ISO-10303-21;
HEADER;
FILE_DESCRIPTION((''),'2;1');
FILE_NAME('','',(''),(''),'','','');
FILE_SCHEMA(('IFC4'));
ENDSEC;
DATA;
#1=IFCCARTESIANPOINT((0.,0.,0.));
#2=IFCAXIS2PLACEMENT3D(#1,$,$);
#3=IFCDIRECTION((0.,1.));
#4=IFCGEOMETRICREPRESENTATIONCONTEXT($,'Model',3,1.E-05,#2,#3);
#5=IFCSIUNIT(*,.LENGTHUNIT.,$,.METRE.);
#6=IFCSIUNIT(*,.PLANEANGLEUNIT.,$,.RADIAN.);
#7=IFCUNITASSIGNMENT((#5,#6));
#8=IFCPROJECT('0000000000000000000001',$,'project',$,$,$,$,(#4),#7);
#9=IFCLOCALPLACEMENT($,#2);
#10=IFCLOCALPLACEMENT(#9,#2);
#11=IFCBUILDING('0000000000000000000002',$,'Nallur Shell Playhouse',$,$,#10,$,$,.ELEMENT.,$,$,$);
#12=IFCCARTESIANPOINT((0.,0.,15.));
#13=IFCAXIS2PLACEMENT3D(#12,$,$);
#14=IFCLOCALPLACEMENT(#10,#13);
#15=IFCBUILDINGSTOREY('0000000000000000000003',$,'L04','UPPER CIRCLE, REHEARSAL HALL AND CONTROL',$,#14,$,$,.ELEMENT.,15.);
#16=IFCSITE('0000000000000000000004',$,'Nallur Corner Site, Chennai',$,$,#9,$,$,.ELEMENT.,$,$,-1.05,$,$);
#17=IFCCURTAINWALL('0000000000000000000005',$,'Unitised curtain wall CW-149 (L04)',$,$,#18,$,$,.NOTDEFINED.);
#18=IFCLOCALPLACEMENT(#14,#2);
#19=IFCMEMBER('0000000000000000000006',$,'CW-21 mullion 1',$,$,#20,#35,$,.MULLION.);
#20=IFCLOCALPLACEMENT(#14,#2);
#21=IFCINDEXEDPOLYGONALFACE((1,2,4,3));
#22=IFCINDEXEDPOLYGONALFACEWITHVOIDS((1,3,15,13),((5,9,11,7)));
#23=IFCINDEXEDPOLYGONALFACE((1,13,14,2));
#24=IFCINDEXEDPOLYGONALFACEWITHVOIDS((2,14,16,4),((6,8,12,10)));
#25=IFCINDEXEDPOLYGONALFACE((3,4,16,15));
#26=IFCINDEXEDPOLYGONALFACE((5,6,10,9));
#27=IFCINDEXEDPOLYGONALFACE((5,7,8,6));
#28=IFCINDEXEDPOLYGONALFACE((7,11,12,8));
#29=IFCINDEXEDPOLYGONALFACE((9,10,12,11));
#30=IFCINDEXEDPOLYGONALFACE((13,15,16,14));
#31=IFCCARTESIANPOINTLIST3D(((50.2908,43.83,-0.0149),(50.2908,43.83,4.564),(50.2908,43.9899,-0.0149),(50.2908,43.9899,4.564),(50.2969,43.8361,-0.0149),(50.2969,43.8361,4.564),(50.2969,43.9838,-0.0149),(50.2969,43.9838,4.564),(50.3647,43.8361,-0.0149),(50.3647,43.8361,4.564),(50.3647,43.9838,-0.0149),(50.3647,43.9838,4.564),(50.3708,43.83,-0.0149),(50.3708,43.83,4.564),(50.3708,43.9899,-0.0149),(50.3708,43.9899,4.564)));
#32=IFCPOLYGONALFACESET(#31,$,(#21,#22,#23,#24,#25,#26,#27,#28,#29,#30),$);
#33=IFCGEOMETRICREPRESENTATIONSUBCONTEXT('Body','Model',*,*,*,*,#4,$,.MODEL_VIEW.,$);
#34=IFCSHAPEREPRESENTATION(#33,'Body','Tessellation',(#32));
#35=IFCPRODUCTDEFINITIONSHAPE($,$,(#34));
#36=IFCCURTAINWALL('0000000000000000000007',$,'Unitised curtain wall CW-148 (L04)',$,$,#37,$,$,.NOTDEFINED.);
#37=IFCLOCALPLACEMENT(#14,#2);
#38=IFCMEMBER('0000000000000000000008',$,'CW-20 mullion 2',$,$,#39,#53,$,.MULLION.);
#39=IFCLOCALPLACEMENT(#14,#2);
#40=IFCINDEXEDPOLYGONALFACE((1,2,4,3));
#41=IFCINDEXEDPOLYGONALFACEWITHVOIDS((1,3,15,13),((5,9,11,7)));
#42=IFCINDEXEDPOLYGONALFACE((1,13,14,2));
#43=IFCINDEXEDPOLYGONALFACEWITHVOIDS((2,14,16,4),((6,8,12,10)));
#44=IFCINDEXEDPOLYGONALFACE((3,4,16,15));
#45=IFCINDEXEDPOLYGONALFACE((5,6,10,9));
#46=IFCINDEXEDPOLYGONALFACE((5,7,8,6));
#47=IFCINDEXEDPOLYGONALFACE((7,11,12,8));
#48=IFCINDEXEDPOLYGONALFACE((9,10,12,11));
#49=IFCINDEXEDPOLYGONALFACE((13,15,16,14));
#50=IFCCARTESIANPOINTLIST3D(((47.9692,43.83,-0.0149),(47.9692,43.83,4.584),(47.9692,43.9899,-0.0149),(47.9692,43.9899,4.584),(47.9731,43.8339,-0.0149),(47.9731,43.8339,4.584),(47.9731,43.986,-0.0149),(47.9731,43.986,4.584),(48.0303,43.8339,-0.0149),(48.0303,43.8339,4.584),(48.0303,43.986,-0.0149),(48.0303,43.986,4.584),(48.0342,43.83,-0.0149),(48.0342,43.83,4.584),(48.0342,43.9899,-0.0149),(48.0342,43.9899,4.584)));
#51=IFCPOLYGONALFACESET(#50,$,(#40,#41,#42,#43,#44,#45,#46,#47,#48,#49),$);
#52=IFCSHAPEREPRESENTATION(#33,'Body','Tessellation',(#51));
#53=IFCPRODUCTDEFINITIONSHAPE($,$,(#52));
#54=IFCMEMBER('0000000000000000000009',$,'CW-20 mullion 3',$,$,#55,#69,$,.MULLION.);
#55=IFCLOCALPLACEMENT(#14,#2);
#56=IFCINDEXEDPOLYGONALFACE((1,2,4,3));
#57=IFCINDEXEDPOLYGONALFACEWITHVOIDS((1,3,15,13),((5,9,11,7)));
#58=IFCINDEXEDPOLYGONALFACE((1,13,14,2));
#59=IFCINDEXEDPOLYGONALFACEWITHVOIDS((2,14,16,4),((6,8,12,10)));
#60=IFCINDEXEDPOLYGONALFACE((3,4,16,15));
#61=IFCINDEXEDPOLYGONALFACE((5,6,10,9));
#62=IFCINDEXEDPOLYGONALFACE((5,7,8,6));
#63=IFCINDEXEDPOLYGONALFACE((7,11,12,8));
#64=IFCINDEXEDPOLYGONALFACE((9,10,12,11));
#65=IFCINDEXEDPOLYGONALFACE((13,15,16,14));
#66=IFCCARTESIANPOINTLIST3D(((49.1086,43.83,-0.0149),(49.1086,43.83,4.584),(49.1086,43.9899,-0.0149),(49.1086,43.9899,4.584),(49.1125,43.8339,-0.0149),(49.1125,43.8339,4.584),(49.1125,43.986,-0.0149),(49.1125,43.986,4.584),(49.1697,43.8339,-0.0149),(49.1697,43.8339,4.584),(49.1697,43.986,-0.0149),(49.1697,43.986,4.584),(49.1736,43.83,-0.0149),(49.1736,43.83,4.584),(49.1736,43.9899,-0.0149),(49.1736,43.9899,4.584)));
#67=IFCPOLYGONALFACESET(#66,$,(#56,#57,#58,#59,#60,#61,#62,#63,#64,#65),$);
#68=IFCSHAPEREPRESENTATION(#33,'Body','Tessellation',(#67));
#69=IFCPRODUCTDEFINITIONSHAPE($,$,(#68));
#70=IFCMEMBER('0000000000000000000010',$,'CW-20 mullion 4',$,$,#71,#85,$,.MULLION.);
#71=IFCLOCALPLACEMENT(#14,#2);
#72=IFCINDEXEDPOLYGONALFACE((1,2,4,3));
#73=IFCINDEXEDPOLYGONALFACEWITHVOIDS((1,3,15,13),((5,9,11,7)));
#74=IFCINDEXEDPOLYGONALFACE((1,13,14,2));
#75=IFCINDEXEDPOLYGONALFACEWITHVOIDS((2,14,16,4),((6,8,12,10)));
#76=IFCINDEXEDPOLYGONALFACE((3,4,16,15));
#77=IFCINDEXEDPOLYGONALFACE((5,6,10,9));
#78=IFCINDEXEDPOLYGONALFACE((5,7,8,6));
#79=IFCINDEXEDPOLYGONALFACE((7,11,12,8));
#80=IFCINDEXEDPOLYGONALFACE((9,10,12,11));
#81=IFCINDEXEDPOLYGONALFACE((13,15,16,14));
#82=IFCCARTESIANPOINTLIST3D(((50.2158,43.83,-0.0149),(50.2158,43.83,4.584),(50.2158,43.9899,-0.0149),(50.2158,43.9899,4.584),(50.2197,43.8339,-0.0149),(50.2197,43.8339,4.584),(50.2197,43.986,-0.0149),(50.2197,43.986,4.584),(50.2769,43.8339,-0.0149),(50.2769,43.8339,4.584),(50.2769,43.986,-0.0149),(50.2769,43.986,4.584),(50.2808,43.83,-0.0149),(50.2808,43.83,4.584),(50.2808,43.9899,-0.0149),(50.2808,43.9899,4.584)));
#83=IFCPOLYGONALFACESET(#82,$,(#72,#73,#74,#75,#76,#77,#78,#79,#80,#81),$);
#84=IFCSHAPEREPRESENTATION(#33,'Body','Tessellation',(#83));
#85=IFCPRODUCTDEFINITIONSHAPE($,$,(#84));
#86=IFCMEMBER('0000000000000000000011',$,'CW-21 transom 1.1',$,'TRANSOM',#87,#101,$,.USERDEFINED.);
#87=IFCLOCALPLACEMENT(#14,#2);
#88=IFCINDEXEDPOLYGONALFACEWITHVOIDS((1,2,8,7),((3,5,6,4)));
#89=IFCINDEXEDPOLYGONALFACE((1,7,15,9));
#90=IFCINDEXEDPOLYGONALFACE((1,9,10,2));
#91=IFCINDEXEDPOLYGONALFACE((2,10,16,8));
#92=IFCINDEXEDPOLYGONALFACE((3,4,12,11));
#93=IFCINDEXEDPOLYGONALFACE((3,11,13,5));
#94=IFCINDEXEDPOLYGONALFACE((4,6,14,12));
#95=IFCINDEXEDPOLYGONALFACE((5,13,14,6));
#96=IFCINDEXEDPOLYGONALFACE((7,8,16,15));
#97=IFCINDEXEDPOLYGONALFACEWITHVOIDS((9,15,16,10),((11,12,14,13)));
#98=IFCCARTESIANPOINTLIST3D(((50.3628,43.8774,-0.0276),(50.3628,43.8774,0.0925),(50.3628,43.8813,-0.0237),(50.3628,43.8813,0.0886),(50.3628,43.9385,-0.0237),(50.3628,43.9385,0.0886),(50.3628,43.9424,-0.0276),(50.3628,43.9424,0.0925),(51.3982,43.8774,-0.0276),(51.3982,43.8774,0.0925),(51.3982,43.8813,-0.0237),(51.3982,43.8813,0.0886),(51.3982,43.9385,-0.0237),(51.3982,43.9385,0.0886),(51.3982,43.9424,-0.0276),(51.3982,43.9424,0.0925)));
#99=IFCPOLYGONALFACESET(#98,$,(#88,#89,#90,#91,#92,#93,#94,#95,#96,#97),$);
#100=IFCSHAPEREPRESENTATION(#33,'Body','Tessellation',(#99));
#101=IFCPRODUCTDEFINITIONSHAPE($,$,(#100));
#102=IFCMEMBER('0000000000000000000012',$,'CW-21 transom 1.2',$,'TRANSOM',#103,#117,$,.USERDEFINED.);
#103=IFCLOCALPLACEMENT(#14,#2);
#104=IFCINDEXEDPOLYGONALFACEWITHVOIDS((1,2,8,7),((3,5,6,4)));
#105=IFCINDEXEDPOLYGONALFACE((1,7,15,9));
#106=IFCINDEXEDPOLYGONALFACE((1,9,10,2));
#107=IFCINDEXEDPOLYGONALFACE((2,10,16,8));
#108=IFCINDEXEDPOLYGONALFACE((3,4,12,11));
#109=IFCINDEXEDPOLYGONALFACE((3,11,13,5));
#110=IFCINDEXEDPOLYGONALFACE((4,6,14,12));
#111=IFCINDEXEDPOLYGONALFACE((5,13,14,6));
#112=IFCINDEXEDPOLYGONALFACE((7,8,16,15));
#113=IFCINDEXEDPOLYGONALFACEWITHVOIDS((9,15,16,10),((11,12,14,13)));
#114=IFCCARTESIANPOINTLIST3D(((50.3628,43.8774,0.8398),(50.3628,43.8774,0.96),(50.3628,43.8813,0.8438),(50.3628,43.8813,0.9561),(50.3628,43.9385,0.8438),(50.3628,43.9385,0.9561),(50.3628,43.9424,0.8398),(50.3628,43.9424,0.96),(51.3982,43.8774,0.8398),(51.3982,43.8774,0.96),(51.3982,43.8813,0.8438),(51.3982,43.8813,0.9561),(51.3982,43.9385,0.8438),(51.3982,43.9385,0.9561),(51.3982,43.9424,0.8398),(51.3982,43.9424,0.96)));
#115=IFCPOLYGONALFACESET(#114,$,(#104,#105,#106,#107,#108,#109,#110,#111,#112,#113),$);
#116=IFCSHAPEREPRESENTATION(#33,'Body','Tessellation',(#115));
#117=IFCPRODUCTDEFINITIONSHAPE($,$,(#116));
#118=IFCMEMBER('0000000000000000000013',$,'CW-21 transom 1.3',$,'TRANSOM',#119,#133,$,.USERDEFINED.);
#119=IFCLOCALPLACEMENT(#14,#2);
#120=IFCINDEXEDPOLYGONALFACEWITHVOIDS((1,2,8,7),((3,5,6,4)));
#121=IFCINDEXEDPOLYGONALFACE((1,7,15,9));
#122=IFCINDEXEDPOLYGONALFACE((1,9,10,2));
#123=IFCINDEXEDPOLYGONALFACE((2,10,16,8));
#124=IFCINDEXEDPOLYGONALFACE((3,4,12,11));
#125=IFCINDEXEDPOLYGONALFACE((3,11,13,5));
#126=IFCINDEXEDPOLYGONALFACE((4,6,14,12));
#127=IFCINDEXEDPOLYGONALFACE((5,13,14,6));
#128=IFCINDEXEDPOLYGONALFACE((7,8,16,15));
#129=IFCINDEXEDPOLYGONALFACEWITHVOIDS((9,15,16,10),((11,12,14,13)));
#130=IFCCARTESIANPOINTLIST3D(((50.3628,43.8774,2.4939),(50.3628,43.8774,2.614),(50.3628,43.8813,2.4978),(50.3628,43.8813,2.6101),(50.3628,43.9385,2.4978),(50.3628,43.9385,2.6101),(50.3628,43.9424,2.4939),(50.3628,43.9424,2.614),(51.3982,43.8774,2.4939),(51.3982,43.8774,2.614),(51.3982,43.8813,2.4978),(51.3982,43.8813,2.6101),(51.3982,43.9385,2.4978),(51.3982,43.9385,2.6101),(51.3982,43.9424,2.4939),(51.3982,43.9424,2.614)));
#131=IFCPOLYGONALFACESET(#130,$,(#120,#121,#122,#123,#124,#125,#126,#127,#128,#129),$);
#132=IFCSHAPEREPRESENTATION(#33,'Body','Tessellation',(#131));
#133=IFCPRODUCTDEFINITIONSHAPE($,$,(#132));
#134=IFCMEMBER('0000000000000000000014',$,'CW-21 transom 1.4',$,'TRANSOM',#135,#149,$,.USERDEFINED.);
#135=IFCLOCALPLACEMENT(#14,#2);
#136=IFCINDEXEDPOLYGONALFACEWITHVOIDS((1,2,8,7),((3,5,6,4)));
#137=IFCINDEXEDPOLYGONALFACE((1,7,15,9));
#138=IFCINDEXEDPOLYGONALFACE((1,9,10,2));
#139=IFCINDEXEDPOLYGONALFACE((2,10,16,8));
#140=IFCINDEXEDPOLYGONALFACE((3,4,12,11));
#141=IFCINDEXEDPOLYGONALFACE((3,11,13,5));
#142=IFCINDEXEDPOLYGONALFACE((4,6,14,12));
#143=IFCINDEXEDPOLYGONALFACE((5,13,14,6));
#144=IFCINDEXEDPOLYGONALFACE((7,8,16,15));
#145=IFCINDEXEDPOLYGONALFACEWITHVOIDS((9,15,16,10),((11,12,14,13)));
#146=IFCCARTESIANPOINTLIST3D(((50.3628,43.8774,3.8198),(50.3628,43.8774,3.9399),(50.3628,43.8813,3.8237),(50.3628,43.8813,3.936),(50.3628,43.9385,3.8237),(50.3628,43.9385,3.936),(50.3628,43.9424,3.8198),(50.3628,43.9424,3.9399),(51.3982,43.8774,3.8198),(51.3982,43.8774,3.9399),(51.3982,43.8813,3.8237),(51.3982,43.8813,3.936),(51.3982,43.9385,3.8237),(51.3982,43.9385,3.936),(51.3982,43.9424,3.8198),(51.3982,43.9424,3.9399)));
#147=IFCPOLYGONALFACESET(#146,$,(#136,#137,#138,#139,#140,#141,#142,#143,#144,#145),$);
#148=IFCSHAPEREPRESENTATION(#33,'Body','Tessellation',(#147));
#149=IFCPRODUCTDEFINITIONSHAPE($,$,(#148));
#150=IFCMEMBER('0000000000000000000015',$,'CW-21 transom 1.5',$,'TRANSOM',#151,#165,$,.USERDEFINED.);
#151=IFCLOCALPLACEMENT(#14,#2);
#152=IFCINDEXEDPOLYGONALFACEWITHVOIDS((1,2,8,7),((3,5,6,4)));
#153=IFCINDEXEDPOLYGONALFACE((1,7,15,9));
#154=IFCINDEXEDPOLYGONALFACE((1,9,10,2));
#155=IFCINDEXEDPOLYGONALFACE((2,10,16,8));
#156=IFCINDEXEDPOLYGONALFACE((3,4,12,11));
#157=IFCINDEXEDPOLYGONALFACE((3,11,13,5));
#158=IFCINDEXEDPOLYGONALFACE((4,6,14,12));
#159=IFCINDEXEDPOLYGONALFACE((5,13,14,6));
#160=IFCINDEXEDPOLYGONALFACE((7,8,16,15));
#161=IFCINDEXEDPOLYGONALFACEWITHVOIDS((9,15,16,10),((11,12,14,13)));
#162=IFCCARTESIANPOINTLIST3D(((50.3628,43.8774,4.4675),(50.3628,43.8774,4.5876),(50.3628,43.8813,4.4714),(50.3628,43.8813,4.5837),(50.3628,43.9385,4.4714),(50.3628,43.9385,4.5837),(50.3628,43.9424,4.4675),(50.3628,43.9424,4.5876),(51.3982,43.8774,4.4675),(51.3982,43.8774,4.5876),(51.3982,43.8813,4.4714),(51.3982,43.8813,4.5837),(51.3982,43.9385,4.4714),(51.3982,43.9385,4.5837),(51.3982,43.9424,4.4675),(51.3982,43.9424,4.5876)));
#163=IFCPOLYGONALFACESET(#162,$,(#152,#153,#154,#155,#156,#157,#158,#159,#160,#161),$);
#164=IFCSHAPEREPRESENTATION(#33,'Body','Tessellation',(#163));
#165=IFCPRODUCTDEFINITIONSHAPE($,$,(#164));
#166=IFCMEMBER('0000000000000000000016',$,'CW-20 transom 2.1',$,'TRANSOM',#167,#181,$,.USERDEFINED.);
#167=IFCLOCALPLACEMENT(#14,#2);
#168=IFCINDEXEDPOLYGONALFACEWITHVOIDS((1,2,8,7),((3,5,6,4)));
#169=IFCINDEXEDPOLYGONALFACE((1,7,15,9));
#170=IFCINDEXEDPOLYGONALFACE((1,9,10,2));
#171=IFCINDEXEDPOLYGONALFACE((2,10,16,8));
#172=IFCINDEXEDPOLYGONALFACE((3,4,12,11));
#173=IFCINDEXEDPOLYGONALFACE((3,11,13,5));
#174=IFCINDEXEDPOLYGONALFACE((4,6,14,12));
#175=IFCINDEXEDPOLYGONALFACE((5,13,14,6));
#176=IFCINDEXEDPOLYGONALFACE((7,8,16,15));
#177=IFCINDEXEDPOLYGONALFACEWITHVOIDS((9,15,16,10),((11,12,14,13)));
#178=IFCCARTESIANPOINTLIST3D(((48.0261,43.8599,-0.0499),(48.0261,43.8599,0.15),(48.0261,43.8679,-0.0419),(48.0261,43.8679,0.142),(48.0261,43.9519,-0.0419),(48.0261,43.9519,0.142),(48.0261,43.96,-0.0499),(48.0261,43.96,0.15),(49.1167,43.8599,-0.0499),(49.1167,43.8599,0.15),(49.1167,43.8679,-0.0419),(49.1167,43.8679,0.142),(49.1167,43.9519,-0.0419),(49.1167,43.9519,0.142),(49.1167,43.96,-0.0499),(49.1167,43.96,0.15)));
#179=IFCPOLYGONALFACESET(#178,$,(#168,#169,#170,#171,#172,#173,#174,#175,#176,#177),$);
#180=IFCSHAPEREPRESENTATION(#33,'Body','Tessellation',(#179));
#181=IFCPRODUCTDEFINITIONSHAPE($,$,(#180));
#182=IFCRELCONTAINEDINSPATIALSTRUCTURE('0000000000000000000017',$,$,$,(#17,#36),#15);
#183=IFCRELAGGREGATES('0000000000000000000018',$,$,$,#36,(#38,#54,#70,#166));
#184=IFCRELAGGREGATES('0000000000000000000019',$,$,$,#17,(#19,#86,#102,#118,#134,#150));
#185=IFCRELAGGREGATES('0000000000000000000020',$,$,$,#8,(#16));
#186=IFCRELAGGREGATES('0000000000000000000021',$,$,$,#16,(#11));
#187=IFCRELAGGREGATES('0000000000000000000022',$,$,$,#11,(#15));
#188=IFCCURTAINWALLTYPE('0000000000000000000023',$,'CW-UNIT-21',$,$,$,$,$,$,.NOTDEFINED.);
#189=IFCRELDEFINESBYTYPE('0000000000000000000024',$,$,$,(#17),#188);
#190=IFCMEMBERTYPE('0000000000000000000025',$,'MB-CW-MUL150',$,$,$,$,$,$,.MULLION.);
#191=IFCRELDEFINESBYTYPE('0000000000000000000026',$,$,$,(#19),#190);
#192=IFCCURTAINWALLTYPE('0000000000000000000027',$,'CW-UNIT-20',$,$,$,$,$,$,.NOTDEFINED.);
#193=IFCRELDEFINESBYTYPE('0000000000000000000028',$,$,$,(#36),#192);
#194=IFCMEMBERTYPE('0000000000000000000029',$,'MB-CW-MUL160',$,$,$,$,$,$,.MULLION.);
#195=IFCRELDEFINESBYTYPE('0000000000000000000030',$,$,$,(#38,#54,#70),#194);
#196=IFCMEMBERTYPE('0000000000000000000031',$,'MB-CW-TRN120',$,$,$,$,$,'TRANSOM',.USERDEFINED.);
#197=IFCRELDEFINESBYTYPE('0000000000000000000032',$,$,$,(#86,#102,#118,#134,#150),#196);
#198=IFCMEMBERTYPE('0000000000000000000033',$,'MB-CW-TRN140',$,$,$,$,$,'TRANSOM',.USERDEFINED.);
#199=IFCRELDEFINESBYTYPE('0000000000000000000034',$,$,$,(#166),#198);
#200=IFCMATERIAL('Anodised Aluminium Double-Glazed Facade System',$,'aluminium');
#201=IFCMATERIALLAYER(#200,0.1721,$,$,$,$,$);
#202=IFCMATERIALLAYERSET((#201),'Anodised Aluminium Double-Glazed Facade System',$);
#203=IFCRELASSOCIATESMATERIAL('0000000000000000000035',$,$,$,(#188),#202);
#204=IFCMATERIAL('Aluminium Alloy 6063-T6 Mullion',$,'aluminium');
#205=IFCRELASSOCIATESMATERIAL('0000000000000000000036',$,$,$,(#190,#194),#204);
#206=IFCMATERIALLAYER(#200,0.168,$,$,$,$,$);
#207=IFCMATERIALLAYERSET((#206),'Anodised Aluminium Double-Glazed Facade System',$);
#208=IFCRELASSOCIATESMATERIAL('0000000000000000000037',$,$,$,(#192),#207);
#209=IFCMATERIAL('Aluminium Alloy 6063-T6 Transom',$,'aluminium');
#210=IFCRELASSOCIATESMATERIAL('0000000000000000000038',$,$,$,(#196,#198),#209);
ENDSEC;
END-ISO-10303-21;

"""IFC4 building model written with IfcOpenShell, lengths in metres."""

from ifc_helpers import new_model, si_unit, direction, frame, origin, origin_2d, place, context, subcontext, project, spatial, hollow_rectangle, extrude, material, layer, layer_set, material_profile, profile_set, type_object, element, aggregate, save


model = new_model("IFC4")

# Units and contexts
model_context = context("Model", 3, precision=1e-05, world=origin(), true_north=direction((0.0, 1.0)))
body_context = subcontext(model_context, "Body", "Model", "MODEL_VIEW")
ifc_project = project(units=[si_unit("LENGTHUNIT", "METRE"), si_unit("PLANEANGLEUNIT", "RADIAN")], contexts=[model_context])

# Site, building, storey
site_placement = place(None, origin())
site = spatial("IfcSite", under=ifc_project, at=site_placement, Name="Nallur Corner Site, Chennai", CompositionType="ELEMENT", RefElevation=-1.05)
building_placement = place(site_placement, origin())
building = spatial("IfcBuilding", under=site, at=building_placement, Name="Nallur Shell Playhouse", CompositionType="ELEMENT")
storey_placement = place(building_placement, frame((0.0, 0.0, 15.0)))
storey = spatial("IfcBuildingStorey", under=building, at=storey_placement, Name="L04", Description="UPPER CIRCLE, REHEARSAL HALL AND CONTROL", CompositionType="ELEMENT", Elevation=15.0)

# Curtain wall, member
ifc_material_1 = material(Name="Anodised Aluminium Double-Glazed Facade System", Category="aluminium")
ifc_layer_1 = layer(ifc_material_1, 0.1721)
ifc_layer_set_1 = layer_set([ifc_layer_1], Name="Anodised Aluminium Double-Glazed Facade System")
curtain_wall_type_1 = type_object("IfcCurtainWallType", Name="CW-UNIT-21", PredefinedType="NOTDEFINED", material=ifc_layer_set_1)
curtain_wall_1_placement = place(storey_placement, origin())
curtain_wall_1 = element("IfcCurtainWall", 1, at=curtain_wall_1_placement, inside=storey, type_object=curtain_wall_type_1, Name="Unitised curtain wall CW-149 (L04)", PredefinedType="NOTDEFINED")
ifc_material_2 = material(Name="Aluminium Alloy 6063-T6 Mullion", Category="aluminium")
ifc_material_profile_1 = material_profile(ifc_material_2, hollow_rectangle(XDim=0.0801, YDim=0.1599, WallThickness=0.0061, at=origin_2d()), Name="RHS 160x80x6")
ifc_profile_set_1 = profile_set([ifc_material_profile_1], Name="Aluminium Alloy 6063-T6 Mullion")
member_type_1 = type_object("IfcMemberType", Name="MB-CW-MUL150", PredefinedType="MULLION", material=ifc_profile_set_1)
member_1_placement = place(storey_placement, frame((50.3308, 43.9099, -0.0149), z_axis=(0.0, 0.0, 1.0), x_axis=(1.0, 0.0, 0.0)))
member_1 = element("IfcMember", 2, at=member_1_placement, type_object=member_type_1, Name="CW-21 mullion 1", PredefinedType="MULLION", context=body_context, shape_type="SweptSolid", body=[
    extrude(hollow_rectangle(XDim=0.0801, YDim=0.1599, WallThickness=0.0061, at=origin_2d()), origin(), (0.0, 0.0, 1.0), 4.5789),
])

# Curtain wall, members
ifc_layer_2 = layer(ifc_material_1, 0.168)
ifc_layer_set_2 = layer_set([ifc_layer_2], Name="Anodised Aluminium Double-Glazed Facade System")
curtain_wall_type_2 = type_object("IfcCurtainWallType", Name="CW-UNIT-20", PredefinedType="NOTDEFINED", material=ifc_layer_set_2)
curtain_wall_2_placement = place(storey_placement, origin())
curtain_wall_2 = element("IfcCurtainWall", 3, at=curtain_wall_2_placement, inside=storey, type_object=curtain_wall_type_2, Name="Unitised curtain wall CW-148 (L04)", PredefinedType="NOTDEFINED")
ifc_material_profile_2 = material_profile(ifc_material_2, hollow_rectangle(XDim=0.0649, YDim=0.1599, WallThickness=0.0039, at=origin_2d()), Name="ALU 65x160x4")
ifc_profile_set_2 = profile_set([ifc_material_profile_2], Name="Aluminium Alloy 6063-T6 Mullion")
member_type_2 = type_object("IfcMemberType", Name="MB-CW-MUL160", PredefinedType="MULLION", material=ifc_profile_set_2)
member_2_placement = place(storey_placement, frame((48.0017, 43.9099, -0.0149), z_axis=(0.0, 0.0, 1.0), x_axis=(1.0, 0.0, 0.0)))
member_2 = element("IfcMember", 4, at=member_2_placement, type_object=member_type_2, Name="CW-20 mullion 2", PredefinedType="MULLION", context=body_context, shape_type="SweptSolid", body=[
    extrude(hollow_rectangle(XDim=0.0649, YDim=0.1599, WallThickness=0.0039, at=origin_2d()), origin(), (0.0, 0.0, 1.0), 4.5989),
])
member_3_placement = place(storey_placement, frame((49.1411, 43.9099, -0.0149), z_axis=(0.0, 0.0, 1.0), x_axis=(1.0, 0.0, 0.0)))
member_3 = element("IfcMember", 5, at=member_3_placement, type_object=member_type_2, Name="CW-20 mullion 3", PredefinedType="MULLION", context=body_context, shape_type="SweptSolid", body=[
    extrude(hollow_rectangle(XDim=0.0649, YDim=0.1599, WallThickness=0.0039, at=origin_2d()), origin(), (0.0, 0.0, 1.0), 4.5989),
])
member_4_placement = place(storey_placement, frame((50.2483, 43.9099, -0.0149), z_axis=(0.0, 0.0, 1.0), x_axis=(1.0, 0.0, 0.0)))
member_4 = element("IfcMember", 6, at=member_4_placement, type_object=member_type_2, Name="CW-20 mullion 4", PredefinedType="MULLION", context=body_context, shape_type="SweptSolid", body=[
    extrude(hollow_rectangle(XDim=0.0649, YDim=0.1599, WallThickness=0.0039, at=origin_2d()), origin(), (0.0, 0.0, 1.0), 4.5989),
])

# Members
ifc_material_3 = material(Name="Aluminium Alloy 6063-T6 Transom", Category="aluminium")
ifc_material_profile_3 = material_profile(ifc_material_3, hollow_rectangle(XDim=0.0649, YDim=0.1201, WallThickness=0.0039, at=origin_2d()), Name="ALU 65x120x4")
ifc_profile_set_3 = profile_set([ifc_material_profile_3], Name="Aluminium Alloy 6063-T6 Transom")
member_type_3 = type_object("IfcMemberType", Name="MB-CW-TRN120", ElementType="TRANSOM", PredefinedType="USERDEFINED", material=ifc_profile_set_3)
member_5_placement = place(storey_placement, frame((50.3628, 43.9099, 0.0325), z_axis=(1.0, 0.0, 0.0), x_axis=(0.0, 1.0, 0.0)))
member_5 = element("IfcMember", 7, at=member_5_placement, type_object=member_type_3, Name="CW-21 transom 1.1", ObjectType="TRANSOM", PredefinedType="USERDEFINED", context=body_context, shape_type="SweptSolid", body=[
    extrude(hollow_rectangle(XDim=0.0649, YDim=0.1201, WallThickness=0.0039, at=origin_2d()), origin(), (0.0, 0.0, 1.0), 1.0354),
])
member_6_placement = place(storey_placement, frame((50.3628, 43.9099, 0.8999), z_axis=(1.0, 0.0, 0.0), x_axis=(0.0, 1.0, 0.0)))
member_6 = element("IfcMember", 8, at=member_6_placement, type_object=member_type_3, Name="CW-21 transom 1.2", ObjectType="TRANSOM", PredefinedType="USERDEFINED", context=body_context, shape_type="SweptSolid", body=[
    extrude(hollow_rectangle(XDim=0.0649, YDim=0.1201, WallThickness=0.0039, at=origin_2d()), origin(), (0.0, 0.0, 1.0), 1.0354),
])
member_7_placement = place(storey_placement, frame((50.3628, 43.9099, 2.554), z_axis=(1.0, 0.0, 0.0), x_axis=(0.0, 1.0, 0.0)))
member_7 = element("IfcMember", 9, at=member_7_placement, type_object=member_type_3, Name="CW-21 transom 1.3", ObjectType="TRANSOM", PredefinedType="USERDEFINED", context=body_context, shape_type="SweptSolid", body=[
    extrude(hollow_rectangle(XDim=0.0649, YDim=0.1201, WallThickness=0.0039, at=origin_2d()), origin(), (0.0, 0.0, 1.0), 1.0354),
])
member_8_placement = place(storey_placement, frame((50.3628, 43.9099, 3.8799), z_axis=(1.0, 0.0, 0.0), x_axis=(0.0, 1.0, 0.0)))
member_8 = element("IfcMember", 10, at=member_8_placement, type_object=member_type_3, Name="CW-21 transom 1.4", ObjectType="TRANSOM", PredefinedType="USERDEFINED", context=body_context, shape_type="SweptSolid", body=[
    extrude(hollow_rectangle(XDim=0.0649, YDim=0.1201, WallThickness=0.0039, at=origin_2d()), origin(), (0.0, 0.0, 1.0), 1.0354),
])
member_9_placement = place(storey_placement, frame((50.3628, 43.9099, 4.5276), z_axis=(1.0, 0.0, 0.0), x_axis=(0.0, 1.0, 0.0)))
member_9 = element("IfcMember", 11, at=member_9_placement, type_object=member_type_3, Name="CW-21 transom 1.5", ObjectType="TRANSOM", PredefinedType="USERDEFINED", context=body_context, shape_type="SweptSolid", body=[
    extrude(hollow_rectangle(XDim=0.0649, YDim=0.1201, WallThickness=0.0039, at=origin_2d()), origin(), (0.0, 0.0, 1.0), 1.0354),
])
ifc_material_profile_4 = material_profile(ifc_material_3, hollow_rectangle(XDim=0.1001, YDim=0.2, WallThickness=0.0081, at=origin_2d()), Name="RHS 200x100x8")
ifc_profile_set_4 = profile_set([ifc_material_profile_4], Name="Aluminium Alloy 6063-T6 Transom")
member_type_4 = type_object("IfcMemberType", Name="MB-CW-TRN140", ElementType="TRANSOM", PredefinedType="USERDEFINED", material=ifc_profile_set_4)
member_10_placement = place(storey_placement, frame((48.0261, 43.9099, 0.05), z_axis=(1.0, 0.0, 0.0), x_axis=(0.0, 1.0, 0.0)))
member_10 = element("IfcMember", 12, at=member_10_placement, type_object=member_type_4, Name="CW-20 transom 2.1", ObjectType="TRANSOM", PredefinedType="USERDEFINED", context=body_context, shape_type="SweptSolid", body=[
    extrude(hollow_rectangle(XDim=0.1001, YDim=0.2, WallThickness=0.0081, at=origin_2d()), origin(), (0.0, 0.0, 1.0), 1.0906),
])

aggregate(curtain_wall_2, [member_2, member_3, member_4, member_10])
aggregate(curtain_wall_1, [member_1, member_5, member_6, member_7, member_8, member_9])

save(model, "model.ifc")
